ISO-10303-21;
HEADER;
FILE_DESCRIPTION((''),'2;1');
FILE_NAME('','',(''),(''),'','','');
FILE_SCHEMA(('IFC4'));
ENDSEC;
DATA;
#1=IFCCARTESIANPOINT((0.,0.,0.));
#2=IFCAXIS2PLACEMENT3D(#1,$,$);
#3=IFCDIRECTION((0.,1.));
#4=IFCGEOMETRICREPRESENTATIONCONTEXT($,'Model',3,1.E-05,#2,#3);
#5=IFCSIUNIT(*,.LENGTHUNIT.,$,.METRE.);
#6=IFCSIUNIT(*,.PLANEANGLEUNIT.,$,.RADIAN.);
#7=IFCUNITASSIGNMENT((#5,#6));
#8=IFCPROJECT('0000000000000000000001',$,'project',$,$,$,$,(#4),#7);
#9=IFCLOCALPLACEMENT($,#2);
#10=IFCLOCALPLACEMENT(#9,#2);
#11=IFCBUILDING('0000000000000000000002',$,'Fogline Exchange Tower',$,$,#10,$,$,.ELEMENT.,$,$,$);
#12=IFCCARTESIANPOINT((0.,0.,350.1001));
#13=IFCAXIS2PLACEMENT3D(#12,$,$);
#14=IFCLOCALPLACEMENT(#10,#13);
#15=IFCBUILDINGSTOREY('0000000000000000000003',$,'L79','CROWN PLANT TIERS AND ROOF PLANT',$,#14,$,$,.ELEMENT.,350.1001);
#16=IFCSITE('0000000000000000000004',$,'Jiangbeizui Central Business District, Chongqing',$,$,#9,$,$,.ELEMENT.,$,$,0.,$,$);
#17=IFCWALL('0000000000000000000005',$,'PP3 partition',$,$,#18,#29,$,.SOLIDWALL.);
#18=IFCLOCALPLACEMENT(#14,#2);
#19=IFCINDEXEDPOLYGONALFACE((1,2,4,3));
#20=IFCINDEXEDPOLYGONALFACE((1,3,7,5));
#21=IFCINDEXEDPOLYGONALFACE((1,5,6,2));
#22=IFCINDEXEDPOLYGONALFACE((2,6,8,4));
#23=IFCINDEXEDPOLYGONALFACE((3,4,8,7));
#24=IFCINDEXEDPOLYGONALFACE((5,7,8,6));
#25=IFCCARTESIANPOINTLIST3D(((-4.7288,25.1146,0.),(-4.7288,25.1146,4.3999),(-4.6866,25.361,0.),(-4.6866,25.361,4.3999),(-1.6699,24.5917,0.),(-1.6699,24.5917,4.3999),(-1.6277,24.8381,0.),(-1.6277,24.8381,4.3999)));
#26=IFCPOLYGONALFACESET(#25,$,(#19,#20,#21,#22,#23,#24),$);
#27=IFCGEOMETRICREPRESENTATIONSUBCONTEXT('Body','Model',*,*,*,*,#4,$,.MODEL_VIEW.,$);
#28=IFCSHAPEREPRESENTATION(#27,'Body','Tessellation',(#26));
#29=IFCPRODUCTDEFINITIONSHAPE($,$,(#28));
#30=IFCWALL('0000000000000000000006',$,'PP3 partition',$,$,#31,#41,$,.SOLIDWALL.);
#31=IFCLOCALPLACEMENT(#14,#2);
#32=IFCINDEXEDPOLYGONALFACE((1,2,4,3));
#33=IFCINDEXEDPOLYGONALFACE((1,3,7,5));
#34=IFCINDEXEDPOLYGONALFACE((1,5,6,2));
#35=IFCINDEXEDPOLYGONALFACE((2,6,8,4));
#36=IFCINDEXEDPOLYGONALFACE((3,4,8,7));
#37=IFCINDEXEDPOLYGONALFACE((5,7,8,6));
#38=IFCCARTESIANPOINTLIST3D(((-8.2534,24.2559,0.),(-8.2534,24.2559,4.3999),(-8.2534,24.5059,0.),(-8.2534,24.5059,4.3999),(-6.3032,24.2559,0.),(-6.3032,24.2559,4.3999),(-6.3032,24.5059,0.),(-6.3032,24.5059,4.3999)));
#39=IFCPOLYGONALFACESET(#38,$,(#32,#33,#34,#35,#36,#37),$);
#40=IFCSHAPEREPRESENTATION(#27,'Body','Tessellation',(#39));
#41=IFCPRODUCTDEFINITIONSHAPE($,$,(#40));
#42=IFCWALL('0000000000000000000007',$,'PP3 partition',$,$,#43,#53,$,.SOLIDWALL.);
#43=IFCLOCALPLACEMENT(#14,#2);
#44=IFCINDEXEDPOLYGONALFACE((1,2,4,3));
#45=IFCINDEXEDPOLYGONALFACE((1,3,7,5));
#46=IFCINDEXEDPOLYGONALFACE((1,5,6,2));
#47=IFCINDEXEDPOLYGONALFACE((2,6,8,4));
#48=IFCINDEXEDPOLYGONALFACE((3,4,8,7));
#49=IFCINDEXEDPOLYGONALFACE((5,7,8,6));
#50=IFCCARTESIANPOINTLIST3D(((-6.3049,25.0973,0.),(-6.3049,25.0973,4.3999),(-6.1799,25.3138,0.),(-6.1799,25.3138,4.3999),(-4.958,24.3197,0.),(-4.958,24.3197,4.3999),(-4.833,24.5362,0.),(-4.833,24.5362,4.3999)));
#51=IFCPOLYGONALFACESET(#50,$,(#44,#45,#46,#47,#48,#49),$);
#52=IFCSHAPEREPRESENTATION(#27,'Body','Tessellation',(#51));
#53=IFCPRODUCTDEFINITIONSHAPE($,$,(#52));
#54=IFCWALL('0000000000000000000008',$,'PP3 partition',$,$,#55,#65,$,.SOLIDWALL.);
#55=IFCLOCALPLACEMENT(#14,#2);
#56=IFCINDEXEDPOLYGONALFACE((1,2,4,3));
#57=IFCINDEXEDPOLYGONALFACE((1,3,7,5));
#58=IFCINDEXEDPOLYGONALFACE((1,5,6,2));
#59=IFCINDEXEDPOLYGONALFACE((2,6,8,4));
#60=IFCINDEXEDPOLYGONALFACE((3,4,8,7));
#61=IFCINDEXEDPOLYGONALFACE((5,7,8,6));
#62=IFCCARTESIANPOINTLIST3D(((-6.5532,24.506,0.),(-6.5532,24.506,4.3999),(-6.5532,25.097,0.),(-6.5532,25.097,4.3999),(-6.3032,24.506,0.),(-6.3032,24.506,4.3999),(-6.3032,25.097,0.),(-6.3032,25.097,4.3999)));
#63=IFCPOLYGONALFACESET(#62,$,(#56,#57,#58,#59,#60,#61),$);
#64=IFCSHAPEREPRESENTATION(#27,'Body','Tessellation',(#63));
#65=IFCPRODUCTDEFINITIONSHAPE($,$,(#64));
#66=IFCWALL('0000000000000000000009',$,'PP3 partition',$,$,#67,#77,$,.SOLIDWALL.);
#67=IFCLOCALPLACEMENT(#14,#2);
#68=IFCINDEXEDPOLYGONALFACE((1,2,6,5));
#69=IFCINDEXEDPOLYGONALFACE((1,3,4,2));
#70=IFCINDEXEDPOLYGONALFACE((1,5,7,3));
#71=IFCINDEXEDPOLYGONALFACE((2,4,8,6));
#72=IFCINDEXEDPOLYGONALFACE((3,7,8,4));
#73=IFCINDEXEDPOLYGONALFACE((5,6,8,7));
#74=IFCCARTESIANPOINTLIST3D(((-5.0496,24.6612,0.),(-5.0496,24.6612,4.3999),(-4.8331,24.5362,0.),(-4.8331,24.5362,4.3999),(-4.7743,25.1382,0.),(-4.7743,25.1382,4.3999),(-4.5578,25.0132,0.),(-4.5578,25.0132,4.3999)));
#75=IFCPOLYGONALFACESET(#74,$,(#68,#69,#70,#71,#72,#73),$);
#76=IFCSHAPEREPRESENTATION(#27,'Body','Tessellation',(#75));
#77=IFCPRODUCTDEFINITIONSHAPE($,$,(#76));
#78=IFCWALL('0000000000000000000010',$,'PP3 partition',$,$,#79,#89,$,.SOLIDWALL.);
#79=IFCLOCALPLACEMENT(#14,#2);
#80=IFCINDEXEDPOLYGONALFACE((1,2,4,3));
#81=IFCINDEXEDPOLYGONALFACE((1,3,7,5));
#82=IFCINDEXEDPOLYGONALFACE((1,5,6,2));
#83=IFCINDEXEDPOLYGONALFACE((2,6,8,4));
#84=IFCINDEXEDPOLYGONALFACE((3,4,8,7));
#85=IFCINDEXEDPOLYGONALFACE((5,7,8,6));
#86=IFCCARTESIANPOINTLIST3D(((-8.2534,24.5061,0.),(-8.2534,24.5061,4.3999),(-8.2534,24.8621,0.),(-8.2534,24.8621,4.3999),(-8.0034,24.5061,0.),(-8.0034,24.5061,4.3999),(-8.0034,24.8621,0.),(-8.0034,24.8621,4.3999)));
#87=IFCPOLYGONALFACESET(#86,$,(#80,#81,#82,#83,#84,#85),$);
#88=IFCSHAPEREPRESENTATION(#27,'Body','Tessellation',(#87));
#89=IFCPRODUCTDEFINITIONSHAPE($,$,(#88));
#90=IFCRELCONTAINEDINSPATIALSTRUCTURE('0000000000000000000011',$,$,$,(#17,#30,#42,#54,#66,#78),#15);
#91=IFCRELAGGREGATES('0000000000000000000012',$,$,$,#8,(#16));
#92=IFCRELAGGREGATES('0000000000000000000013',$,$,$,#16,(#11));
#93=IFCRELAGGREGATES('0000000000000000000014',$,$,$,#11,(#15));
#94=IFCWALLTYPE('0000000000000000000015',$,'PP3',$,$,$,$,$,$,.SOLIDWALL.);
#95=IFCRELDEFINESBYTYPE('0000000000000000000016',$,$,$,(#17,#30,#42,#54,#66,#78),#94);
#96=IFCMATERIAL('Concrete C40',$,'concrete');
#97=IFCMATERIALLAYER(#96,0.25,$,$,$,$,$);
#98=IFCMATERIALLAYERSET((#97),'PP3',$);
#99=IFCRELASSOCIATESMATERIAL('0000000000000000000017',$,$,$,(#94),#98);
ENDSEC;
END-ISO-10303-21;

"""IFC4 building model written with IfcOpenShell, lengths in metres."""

from ifc_helpers import new_model, si_unit, direction, frame, frame_2d, origin, place, context, subcontext, project, spatial, rectangle, extrude, material, layer, layer_set, type_object, element, save


model = new_model("IFC4")

# Units and contexts
model_context = context("Model", 3, precision=1e-05, world=origin(), true_north=direction((0.0, 1.0)))
body_context = subcontext(model_context, "Body", "Model", "MODEL_VIEW")
ifc_project = project(units=[si_unit("LENGTHUNIT", "METRE"), si_unit("PLANEANGLEUNIT", "RADIAN")], contexts=[model_context])

# Site, building, storey
site_placement = place(None, origin())
site = spatial("IfcSite", under=ifc_project, at=site_placement, Name="Jiangbeizui Central Business District, Chongqing", CompositionType="ELEMENT", RefElevation=0.0)
building_placement = place(site_placement, origin())
building = spatial("IfcBuilding", under=site, at=building_placement, Name="Fogline Exchange Tower", CompositionType="ELEMENT")
storey_placement = place(building_placement, frame((0.0, 0.0, 350.1001)))
storey = spatial("IfcBuildingStorey", under=building, at=storey_placement, Name="L79", Description="CROWN PLANT TIERS AND ROOF PLANT", CompositionType="ELEMENT", Elevation=350.1001)

# Shared definitions
ifc_material_1 = material(Name="Concrete C40", Category="concrete")

# Walls
ifc_layer_1 = layer(ifc_material_1, 0.25)
ifc_layer_set_1 = layer_set([ifc_layer_1], Name="PP3")
wall_type_1 = type_object("IfcWallType", Name="PP3", PredefinedType="SOLIDWALL", material=ifc_layer_set_1)
wall_1_placement = place(storey_placement, frame((-1.6487, 24.7148, 0.0), z_axis=(0.0, 0.0, 1.0), x_axis=(-0.985699, 0.168518, 0.0)))
element("IfcWall", 1, at=wall_1_placement, inside=storey, type_object=wall_type_1, Name="PP3 partition", PredefinedType="SOLIDWALL", context=body_context, shape_type="SweptSolid", body=[
    extrude(rectangle(XDim=3.1033, YDim=0.25, at=frame_2d((1.5518, 0.0))), origin(), (0.0, 0.0, 1.0), 4.3999),
])
wall_2_placement = place(storey_placement, frame((-6.3032, 24.3809, 0.0), z_axis=(0.0, 0.0, 1.0), x_axis=(-1.0, 0.0, 0.0)))
element("IfcWall", 2, at=wall_2_placement, inside=storey, type_object=wall_type_1, Name="PP3 partition", PredefinedType="SOLIDWALL", context=body_context, shape_type="SweptSolid", body=[
    extrude(rectangle(XDim=1.9502, YDim=0.25, at=frame_2d((0.9751, 0.0))), origin(), (0.0, 0.0, 1.0), 4.3999),
])
wall_3_placement = place(storey_placement, frame((-4.8955, 24.428, 0.0), z_axis=(0.0, 0.0, 1.0), x_axis=(-0.866042, 0.499972, 0.0)))
element("IfcWall", 3, at=wall_3_placement, inside=storey, type_object=wall_type_1, Name="PP3 partition", PredefinedType="SOLIDWALL", context=body_context, shape_type="SweptSolid", body=[
    extrude(rectangle(XDim=1.5552, YDim=0.25, at=frame_2d((0.7776, 0.0))), origin(), (0.0, 0.0, 1.0), 4.3999),
])
wall_4_placement = place(storey_placement, frame((-6.4282, 25.0969, 0.0), z_axis=(0.0, 0.0, 1.0), x_axis=(0.0, -1.0, 0.0)))
element("IfcWall", 4, at=wall_4_placement, inside=storey, type_object=wall_type_1, Name="PP3 partition", PredefinedType="SOLIDWALL", context=body_context, shape_type="SweptSolid", body=[
    extrude(rectangle(XDim=0.5911, YDim=0.25, at=frame_2d((0.2954, 0.0))), origin(), (0.0, 0.0, 1.0), 4.3999),
])
wall_5_placement = place(storey_placement, frame((-4.666, 25.0757, 0.0), z_axis=(0.0, 0.0, 1.0), x_axis=(-0.499953, -0.866053, 0.0)))
element("IfcWall", 5, at=wall_5_placement, inside=storey, type_object=wall_type_1, Name="PP3 partition", PredefinedType="SOLIDWALL", context=body_context, shape_type="SweptSolid", body=[
    extrude(rectangle(XDim=0.5508, YDim=0.25, at=frame_2d((0.2754, 0.0))), origin(), (0.0, 0.0, 1.0), 4.3999),
])
wall_6_placement = place(storey_placement, frame((-8.1284, 24.5061, 0.0), z_axis=(0.0, 0.0, 1.0), x_axis=(0.0, 1.0, 0.0)))
element("IfcWall", 6, at=wall_6_placement, inside=storey, type_object=wall_type_1, Name="PP3 partition", PredefinedType="SOLIDWALL", context=body_context, shape_type="SweptSolid", body=[
    extrude(rectangle(XDim=0.356, YDim=0.25, at=frame_2d((0.178, 0.0))), origin(), (0.0, 0.0, 1.0), 4.3999),
])

save(model, "model.ifc")
